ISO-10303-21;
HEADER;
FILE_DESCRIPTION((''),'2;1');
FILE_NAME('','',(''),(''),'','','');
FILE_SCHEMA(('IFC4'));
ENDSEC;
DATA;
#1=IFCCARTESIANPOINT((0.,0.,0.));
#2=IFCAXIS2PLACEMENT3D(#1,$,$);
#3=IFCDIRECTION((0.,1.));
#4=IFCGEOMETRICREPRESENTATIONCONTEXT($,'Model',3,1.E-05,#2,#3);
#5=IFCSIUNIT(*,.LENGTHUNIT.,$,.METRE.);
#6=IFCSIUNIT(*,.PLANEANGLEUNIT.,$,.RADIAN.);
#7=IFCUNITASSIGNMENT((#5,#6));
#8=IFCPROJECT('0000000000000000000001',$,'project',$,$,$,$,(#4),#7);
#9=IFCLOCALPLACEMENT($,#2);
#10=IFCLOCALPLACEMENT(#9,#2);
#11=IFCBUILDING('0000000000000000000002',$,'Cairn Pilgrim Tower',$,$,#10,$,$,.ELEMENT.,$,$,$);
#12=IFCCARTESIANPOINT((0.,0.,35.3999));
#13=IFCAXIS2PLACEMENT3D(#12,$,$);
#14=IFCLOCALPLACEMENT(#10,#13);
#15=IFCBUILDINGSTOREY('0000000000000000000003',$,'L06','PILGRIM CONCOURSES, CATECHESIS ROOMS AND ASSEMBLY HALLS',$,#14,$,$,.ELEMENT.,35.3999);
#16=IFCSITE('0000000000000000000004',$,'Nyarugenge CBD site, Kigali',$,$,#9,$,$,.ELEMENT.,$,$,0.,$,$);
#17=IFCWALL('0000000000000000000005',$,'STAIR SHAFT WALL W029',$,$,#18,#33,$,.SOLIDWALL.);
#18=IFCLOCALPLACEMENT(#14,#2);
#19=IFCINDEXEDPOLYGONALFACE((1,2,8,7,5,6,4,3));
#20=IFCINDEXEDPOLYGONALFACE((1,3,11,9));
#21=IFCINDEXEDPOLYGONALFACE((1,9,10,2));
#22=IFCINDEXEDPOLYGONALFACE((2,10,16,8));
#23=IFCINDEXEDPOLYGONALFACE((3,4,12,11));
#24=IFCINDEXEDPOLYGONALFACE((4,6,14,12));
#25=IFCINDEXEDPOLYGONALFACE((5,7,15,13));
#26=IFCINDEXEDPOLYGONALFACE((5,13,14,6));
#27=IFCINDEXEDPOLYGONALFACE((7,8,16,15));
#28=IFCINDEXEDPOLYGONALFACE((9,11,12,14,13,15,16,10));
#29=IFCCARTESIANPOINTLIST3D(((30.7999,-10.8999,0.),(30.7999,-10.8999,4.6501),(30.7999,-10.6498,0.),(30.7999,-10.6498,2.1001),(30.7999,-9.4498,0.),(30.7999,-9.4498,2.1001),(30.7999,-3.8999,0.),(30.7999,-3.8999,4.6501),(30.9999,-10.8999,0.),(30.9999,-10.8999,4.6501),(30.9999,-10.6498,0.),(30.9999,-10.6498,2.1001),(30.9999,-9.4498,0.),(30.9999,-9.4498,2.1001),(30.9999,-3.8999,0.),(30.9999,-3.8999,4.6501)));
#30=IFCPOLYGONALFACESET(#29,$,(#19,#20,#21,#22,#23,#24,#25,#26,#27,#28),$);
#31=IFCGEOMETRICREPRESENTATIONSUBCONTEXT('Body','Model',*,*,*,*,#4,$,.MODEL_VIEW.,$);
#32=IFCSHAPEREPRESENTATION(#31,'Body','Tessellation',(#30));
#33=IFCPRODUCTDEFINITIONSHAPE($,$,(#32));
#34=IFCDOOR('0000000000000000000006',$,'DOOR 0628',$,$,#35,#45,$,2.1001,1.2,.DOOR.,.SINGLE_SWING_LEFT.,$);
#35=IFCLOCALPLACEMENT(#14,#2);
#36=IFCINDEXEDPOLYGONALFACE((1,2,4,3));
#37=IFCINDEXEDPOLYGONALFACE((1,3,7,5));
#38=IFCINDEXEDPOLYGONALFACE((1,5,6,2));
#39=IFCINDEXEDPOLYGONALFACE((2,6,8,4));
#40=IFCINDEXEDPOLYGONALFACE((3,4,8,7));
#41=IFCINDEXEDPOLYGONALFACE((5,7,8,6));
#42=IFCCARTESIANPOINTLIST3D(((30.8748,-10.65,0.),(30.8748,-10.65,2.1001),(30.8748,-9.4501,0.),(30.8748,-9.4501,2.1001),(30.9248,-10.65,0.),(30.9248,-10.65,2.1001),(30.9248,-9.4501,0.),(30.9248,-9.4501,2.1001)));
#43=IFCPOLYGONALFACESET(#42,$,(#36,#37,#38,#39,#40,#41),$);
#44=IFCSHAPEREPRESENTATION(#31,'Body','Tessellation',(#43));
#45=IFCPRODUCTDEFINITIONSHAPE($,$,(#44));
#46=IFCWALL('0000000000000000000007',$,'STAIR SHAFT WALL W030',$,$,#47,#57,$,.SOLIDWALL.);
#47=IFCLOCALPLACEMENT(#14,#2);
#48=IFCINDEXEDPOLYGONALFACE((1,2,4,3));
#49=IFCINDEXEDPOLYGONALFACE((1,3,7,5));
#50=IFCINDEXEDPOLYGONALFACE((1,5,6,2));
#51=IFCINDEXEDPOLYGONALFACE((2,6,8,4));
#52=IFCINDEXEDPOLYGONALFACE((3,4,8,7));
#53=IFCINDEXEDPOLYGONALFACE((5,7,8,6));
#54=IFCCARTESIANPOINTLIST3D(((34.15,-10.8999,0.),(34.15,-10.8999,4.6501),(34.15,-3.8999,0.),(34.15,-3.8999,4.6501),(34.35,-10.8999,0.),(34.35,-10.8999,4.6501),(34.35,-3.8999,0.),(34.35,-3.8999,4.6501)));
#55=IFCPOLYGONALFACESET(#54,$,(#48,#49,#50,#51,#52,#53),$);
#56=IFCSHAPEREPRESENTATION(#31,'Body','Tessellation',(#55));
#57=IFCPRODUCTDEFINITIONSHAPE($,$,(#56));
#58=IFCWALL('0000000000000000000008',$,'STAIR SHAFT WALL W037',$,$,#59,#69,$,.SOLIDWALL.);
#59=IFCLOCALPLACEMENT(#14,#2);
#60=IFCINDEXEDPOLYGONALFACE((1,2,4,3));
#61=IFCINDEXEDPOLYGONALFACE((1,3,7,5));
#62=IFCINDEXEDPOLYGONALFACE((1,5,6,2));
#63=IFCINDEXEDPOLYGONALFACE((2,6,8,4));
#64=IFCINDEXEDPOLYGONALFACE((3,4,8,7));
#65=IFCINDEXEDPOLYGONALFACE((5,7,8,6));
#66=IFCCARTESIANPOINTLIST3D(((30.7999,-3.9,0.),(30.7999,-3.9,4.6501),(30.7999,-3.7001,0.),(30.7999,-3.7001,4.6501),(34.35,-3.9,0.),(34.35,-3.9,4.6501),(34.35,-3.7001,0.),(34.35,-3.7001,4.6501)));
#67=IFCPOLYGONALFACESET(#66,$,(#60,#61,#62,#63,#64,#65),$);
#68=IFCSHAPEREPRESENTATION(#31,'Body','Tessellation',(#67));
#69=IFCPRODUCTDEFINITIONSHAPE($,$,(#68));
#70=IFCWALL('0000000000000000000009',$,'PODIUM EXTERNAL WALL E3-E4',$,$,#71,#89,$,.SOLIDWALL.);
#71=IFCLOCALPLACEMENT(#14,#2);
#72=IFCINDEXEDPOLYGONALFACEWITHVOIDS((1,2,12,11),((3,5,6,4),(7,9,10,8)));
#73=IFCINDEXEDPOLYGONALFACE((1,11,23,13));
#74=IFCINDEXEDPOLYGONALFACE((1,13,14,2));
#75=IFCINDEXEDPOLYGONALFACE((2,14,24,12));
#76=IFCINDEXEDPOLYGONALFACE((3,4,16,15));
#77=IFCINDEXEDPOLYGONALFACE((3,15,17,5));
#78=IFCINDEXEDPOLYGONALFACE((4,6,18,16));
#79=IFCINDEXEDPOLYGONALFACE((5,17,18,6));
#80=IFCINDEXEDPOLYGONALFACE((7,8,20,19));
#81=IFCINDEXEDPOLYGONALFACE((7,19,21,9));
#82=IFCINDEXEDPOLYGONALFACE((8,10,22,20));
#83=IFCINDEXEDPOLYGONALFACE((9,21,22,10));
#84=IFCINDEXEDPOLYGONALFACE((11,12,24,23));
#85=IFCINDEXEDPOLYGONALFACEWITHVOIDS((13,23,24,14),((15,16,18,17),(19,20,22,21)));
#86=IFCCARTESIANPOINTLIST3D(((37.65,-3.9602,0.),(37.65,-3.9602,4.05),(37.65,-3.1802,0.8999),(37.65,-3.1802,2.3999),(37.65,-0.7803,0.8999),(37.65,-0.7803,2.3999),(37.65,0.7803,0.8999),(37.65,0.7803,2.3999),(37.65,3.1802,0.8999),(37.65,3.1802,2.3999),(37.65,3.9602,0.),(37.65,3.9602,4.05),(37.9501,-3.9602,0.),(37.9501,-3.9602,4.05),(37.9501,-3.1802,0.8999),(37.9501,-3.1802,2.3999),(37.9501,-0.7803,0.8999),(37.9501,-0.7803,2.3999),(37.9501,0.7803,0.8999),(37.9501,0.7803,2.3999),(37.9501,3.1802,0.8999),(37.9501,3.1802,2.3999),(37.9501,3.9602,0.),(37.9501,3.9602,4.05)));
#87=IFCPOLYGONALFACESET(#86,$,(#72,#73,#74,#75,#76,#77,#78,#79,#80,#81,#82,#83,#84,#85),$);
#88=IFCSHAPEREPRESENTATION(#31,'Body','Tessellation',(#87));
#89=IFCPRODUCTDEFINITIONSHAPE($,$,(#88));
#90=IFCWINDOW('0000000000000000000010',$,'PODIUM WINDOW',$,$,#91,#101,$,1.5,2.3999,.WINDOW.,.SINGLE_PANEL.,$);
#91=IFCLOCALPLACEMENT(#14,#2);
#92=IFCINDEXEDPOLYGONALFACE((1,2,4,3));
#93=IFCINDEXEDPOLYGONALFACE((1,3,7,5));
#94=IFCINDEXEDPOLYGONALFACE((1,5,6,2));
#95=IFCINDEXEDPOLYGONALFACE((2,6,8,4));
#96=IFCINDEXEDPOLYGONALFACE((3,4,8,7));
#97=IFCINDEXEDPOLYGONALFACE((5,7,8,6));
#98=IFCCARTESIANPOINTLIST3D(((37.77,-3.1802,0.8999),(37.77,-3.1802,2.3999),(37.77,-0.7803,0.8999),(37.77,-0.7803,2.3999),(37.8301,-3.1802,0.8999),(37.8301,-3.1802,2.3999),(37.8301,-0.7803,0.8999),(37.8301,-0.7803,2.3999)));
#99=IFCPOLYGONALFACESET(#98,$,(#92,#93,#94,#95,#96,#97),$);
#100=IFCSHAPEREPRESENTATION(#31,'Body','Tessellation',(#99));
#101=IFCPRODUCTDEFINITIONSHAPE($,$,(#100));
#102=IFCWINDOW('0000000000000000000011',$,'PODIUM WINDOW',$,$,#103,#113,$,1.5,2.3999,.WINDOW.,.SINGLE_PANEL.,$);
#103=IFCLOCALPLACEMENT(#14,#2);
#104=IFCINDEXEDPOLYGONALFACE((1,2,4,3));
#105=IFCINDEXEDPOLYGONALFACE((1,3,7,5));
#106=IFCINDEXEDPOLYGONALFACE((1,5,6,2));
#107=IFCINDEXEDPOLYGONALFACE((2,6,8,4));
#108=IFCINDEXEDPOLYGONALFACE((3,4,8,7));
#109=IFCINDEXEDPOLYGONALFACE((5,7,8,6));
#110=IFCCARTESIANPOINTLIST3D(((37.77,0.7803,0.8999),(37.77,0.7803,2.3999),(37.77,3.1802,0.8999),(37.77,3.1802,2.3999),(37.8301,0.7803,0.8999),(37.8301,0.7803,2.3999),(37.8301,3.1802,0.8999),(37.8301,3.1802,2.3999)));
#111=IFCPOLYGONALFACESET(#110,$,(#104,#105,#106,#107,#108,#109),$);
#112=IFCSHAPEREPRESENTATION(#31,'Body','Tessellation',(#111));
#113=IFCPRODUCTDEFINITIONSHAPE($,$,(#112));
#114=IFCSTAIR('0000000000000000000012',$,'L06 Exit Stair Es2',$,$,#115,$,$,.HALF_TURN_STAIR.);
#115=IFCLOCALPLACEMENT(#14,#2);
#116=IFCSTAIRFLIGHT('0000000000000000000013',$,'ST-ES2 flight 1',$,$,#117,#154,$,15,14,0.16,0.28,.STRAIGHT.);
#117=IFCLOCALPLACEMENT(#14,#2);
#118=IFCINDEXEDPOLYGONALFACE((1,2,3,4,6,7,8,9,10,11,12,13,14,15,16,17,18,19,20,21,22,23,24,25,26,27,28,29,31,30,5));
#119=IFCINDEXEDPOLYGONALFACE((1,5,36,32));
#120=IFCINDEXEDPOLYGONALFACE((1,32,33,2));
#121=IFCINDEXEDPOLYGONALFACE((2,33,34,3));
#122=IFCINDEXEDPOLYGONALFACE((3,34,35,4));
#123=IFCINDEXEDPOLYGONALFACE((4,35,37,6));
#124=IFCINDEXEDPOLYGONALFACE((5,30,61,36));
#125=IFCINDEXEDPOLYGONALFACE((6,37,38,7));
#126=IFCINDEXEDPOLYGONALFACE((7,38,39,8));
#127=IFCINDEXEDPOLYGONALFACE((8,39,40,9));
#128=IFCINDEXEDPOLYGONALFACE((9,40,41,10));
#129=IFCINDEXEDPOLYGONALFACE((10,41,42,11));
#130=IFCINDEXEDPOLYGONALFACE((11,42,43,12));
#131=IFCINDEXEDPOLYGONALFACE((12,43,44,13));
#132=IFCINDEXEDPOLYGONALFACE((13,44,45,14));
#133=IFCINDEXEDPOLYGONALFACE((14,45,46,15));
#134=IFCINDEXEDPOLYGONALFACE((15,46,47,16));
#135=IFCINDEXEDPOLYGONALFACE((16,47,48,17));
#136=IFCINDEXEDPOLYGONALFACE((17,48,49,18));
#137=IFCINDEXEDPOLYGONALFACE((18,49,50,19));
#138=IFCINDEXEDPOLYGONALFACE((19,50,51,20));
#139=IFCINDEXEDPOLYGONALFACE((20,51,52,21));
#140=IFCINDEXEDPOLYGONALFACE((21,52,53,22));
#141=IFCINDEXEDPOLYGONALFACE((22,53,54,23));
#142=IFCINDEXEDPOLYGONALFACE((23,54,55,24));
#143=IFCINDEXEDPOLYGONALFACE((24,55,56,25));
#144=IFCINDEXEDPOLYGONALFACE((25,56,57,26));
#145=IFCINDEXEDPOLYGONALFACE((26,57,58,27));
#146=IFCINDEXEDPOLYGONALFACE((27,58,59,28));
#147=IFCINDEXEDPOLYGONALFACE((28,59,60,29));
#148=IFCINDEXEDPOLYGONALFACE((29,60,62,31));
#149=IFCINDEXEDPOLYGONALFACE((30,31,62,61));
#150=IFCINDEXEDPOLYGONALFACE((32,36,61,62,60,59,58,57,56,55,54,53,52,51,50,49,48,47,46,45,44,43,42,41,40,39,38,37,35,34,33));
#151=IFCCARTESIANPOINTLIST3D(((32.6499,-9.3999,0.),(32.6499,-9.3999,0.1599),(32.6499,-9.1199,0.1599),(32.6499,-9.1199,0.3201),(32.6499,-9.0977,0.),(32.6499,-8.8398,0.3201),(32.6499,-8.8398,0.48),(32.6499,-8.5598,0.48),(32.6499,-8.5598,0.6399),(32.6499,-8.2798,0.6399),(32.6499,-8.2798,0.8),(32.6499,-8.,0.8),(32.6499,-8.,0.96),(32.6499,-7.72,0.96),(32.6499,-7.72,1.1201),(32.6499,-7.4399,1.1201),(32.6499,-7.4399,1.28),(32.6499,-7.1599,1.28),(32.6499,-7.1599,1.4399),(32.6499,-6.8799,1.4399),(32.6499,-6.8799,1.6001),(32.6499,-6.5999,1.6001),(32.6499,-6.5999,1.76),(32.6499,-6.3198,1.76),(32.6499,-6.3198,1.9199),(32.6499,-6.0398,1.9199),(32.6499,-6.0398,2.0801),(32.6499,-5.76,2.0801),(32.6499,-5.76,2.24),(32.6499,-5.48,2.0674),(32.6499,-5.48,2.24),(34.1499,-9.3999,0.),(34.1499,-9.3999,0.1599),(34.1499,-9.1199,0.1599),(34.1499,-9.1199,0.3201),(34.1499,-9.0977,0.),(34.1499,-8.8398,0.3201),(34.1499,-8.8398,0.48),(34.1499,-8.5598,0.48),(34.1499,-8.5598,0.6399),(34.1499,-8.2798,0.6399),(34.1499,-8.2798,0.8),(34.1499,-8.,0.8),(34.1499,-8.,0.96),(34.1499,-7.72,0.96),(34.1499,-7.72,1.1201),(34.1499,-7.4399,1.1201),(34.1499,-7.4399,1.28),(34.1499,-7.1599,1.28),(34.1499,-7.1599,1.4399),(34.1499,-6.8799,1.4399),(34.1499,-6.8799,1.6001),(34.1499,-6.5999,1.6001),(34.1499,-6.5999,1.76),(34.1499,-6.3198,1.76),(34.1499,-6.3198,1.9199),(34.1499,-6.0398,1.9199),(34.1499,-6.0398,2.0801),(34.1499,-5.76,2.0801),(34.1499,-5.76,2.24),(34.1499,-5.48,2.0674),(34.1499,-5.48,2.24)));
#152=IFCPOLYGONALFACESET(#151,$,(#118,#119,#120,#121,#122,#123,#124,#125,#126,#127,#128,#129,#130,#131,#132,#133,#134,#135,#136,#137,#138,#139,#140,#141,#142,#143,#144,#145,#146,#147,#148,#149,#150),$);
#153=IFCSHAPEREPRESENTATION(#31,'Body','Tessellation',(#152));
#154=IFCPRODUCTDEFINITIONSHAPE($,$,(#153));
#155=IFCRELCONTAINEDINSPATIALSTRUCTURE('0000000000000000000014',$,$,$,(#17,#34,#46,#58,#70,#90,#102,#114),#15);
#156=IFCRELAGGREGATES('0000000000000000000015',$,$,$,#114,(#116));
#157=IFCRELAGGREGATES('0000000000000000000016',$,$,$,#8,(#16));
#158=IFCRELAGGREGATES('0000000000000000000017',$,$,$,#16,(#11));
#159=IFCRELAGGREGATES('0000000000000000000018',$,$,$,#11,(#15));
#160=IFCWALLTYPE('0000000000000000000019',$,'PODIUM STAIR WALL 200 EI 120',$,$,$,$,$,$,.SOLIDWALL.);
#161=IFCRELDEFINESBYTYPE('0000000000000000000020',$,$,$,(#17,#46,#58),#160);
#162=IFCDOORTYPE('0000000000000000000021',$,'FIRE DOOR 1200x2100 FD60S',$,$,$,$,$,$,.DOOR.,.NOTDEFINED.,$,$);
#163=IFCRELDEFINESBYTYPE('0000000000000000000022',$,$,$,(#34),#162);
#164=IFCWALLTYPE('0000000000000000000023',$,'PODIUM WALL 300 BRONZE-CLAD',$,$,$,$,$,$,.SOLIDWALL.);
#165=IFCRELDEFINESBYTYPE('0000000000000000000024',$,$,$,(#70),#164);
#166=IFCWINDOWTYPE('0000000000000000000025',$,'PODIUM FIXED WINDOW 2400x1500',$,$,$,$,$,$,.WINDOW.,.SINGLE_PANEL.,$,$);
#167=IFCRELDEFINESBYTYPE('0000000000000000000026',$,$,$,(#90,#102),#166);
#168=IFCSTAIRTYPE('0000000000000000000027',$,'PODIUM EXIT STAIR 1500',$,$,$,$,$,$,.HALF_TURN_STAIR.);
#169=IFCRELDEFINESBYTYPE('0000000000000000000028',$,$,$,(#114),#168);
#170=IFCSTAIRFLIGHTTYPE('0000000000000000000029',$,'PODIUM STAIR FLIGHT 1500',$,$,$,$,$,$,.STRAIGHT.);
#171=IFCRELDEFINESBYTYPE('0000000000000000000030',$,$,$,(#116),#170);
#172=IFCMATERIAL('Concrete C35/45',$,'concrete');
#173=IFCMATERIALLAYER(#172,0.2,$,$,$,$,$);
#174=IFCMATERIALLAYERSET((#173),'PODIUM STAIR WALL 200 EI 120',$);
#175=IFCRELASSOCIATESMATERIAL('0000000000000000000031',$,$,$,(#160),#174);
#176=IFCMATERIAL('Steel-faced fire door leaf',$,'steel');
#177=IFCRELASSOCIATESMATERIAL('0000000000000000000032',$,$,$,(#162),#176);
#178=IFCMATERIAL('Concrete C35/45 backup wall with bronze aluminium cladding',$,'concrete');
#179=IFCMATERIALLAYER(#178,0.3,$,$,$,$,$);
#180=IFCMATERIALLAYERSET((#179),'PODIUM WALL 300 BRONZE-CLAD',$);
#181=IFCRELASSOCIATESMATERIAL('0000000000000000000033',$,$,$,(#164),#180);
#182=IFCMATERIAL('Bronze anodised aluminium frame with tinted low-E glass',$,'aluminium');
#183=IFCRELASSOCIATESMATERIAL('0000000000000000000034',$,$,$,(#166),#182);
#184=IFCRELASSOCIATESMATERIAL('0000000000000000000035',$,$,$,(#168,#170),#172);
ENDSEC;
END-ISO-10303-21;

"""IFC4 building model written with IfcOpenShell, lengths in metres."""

from ifc_helpers import new_model, si_unit, direction, frame, frame_2d, origin, place, context, subcontext, project, spatial, polyline, rectangle, outline, extrude, material, layer, layer_set, type_object, element, fill, aggregate, save


model = new_model("IFC4")

# Units and contexts
model_context = context("Model", 3, precision=1e-05, world=origin(), true_north=direction((0.0, 1.0)))
body_context = subcontext(model_context, "Body", "Model", "MODEL_VIEW")
ifc_project = project(units=[si_unit("LENGTHUNIT", "METRE"), si_unit("PLANEANGLEUNIT", "RADIAN")], contexts=[model_context])

# Site, building, storey
site_placement = place(None, origin())
site = spatial("IfcSite", under=ifc_project, at=site_placement, Name="Nyarugenge CBD site, Kigali", CompositionType="ELEMENT", RefElevation=0.0)
building_placement = place(site_placement, origin())
building = spatial("IfcBuilding", under=site, at=building_placement, Name="Cairn Pilgrim Tower", CompositionType="ELEMENT")
storey_placement = place(building_placement, frame((0.0, 0.0, 35.3999)))
storey = spatial("IfcBuildingStorey", under=building, at=storey_placement, Name="L06", Description="PILGRIM CONCOURSES, CATECHESIS ROOMS AND ASSEMBLY HALLS", CompositionType="ELEMENT", Elevation=35.3999)

# Shared definitions
ifc_material_1 = material(Name="Concrete C35/45", Category="concrete")
ifc_layer_1 = layer(ifc_material_1, 0.2)
ifc_layer_set_1 = layer_set([ifc_layer_1], Name="PODIUM STAIR WALL 200 EI 120")
wall_type_1 = type_object("IfcWallType", Name="PODIUM STAIR WALL 200 EI 120", PredefinedType="SOLIDWALL", material=ifc_layer_set_1)

# Wall, opening, door
wall_1_placement = place(storey_placement, frame((30.8999, -10.8999, 0.0), z_axis=(0.0, 0.0, 1.0), x_axis=(0.0, 1.0, 0.0)))
wall_1 = element("IfcWall", 1, at=wall_1_placement, inside=storey, type_object=wall_type_1, Name="STAIR SHAFT WALL W029", PredefinedType="SOLIDWALL", context=body_context, shape_type="SweptSolid", body=[
    extrude(rectangle(XDim=7.0, YDim=0.2, at=frame_2d((3.5, 0.0))), origin(), (0.0, 0.0, 1.0), 4.6501),
])
opening_1_placement = place(wall_1_placement, frame((0.25, 0.0, 0.0)))
opening_1 = element("IfcOpeningElement", 2, at=opening_1_placement, cuts=wall_1, PredefinedType="OPENING", context=body_context, shape_type="SweptSolid", body=[
    extrude(rectangle(XDim=1.2, YDim=2.1001, at=frame_2d((0.6001, 1.05))), frame((0.0, 0.1099, 0.0), z_axis=(0.0, -1.0, 0.0), x_axis=(1.0, 0.0, 0.0)), (0.0, 0.0, 1.0), 0.22),
])
ifc_material_2 = material(Name="Steel-faced fire door leaf", Category="steel")
door_type = type_object("IfcDoorType", Name="FIRE DOOR 1200x2100 FD60S", OperationType="NOTDEFINED", PredefinedType="DOOR", material=ifc_material_2)
door_placement = place(opening_1_placement, frame((1.2, 0.0, 0.0), z_axis=(0.0, 0.0, 1.0), x_axis=(-1.0, 0.0, 0.0)))
door = element("IfcDoor", 3, at=door_placement, inside=storey, type_object=door_type, Name="DOOR 0628", OperationType="SINGLE_SWING_LEFT", OverallHeight=2.1001, OverallWidth=1.2, PredefinedType="DOOR", context=body_context, shape_type="SweptSolid", body=[
    extrude(rectangle(XDim=1.2, YDim=2.1001, at=frame_2d((0.6001, 1.05))), frame((0.0, 0.0249, 0.0), z_axis=(0.0, -1.0, 0.0), x_axis=(1.0, 0.0, 0.0)), (0.0, 0.0, 1.0), 0.05),
])
fill(opening_1, door)

# Walls
wall_2_placement = place(storey_placement, frame((34.25, -10.8999, 0.0), z_axis=(0.0, 0.0, 1.0), x_axis=(0.0, 1.0, 0.0)))
element("IfcWall", 4, at=wall_2_placement, inside=storey, type_object=wall_type_1, Name="STAIR SHAFT WALL W030", PredefinedType="SOLIDWALL", context=body_context, shape_type="SweptSolid", body=[
    extrude(rectangle(XDim=7.0, YDim=0.2, at=frame_2d((3.5, 0.0))), origin(), (0.0, 0.0, 1.0), 4.6501),
])
wall_3_placement = place(storey_placement, frame((30.8, -3.8, 0.0), z_axis=(0.0, 0.0, 1.0), x_axis=(1.0, 0.0, 0.0)))
element("IfcWall", 5, at=wall_3_placement, inside=storey, type_object=wall_type_1, Name="STAIR SHAFT WALL W037", PredefinedType="SOLIDWALL", context=body_context, shape_type="SweptSolid", body=[
    extrude(rectangle(XDim=3.55, YDim=0.2, at=frame_2d((1.7749, 0.0))), origin(), (0.0, 0.0, 1.0), 4.6501),
])

# Wall, openings, windows
ifc_material_3 = material(Name="Concrete C35/45 backup wall with bronze aluminium cladding", Category="concrete")
ifc_layer_2 = layer(ifc_material_3, 0.3)
ifc_layer_set_2 = layer_set([ifc_layer_2], Name="PODIUM WALL 300 BRONZE-CLAD")
wall_type_2 = type_object("IfcWallType", Name="PODIUM WALL 300 BRONZE-CLAD", PredefinedType="SOLIDWALL", material=ifc_layer_set_2)
wall_4_placement = place(storey_placement, frame((37.8, -3.9602, 0.0), z_axis=(0.0, 0.0, 1.0), x_axis=(0.0, 1.0, 0.0)))
wall_4 = element("IfcWall", 6, at=wall_4_placement, inside=storey, type_object=wall_type_2, Name="PODIUM EXTERNAL WALL E3-E4", PredefinedType="SOLIDWALL", context=body_context, shape_type="SweptSolid", body=[
    extrude(rectangle(XDim=7.9204, YDim=0.3, at=frame_2d((3.9602, 0.0))), origin(), (0.0, 0.0, 1.0), 4.05),
])
opening_2_placement = place(wall_4_placement, frame((0.78, 0.0, 0.8999)))
opening_2 = element("IfcOpeningElement", 7, at=opening_2_placement, cuts=wall_4, PredefinedType="OPENING", context=body_context, shape_type="SweptSolid", body=[
    extrude(rectangle(XDim=2.3999, YDim=1.5, at=frame_2d((1.2, 0.75))), frame((0.0, 0.1602, 0.0), z_axis=(0.0, -1.0, 0.0), x_axis=(1.0, 0.0, 0.0)), (0.0, 0.0, 1.0), 0.3201),
])
opening_3_placement = place(wall_4_placement, frame((4.7405, 0.0, 0.8999)))
opening_3 = element("IfcOpeningElement", 8, at=opening_3_placement, cuts=wall_4, PredefinedType="OPENING", context=body_context, shape_type="SweptSolid", body=[
    extrude(rectangle(XDim=2.3999, YDim=1.5, at=frame_2d((1.2, 0.75))), frame((0.0, 0.1602, 0.0), z_axis=(0.0, -1.0, 0.0), x_axis=(1.0, 0.0, 0.0)), (0.0, 0.0, 1.0), 0.3201),
])
ifc_material_4 = material(Name="Bronze anodised aluminium frame with tinted low-E glass", Category="aluminium")
window_type = type_object("IfcWindowType", Name="PODIUM FIXED WINDOW 2400x1500", PartitioningType="SINGLE_PANEL", PredefinedType="WINDOW", material=ifc_material_4)
window_1_placement = place(opening_2_placement, origin())
window_1 = element("IfcWindow", 9, at=window_1_placement, inside=storey, type_object=window_type, Name="PODIUM WINDOW", OverallHeight=1.5, OverallWidth=2.3999, PartitioningType="SINGLE_PANEL", PredefinedType="WINDOW", context=body_context, shape_type="SweptSolid", body=[
    extrude(rectangle(XDim=2.3999, YDim=1.5, at=frame_2d((1.2, 0.75))), frame((0.0, 0.03, 0.0), z_axis=(0.0, -1.0, 0.0), x_axis=(1.0, 0.0, 0.0)), (0.0, 0.0, 1.0), 0.0601),
])
fill(opening_2, window_1)
window_2_placement = place(opening_3_placement, origin())
window_2 = element("IfcWindow", 10, at=window_2_placement, inside=storey, type_object=window_type, Name="PODIUM WINDOW", OverallHeight=1.5, OverallWidth=2.3999, PartitioningType="SINGLE_PANEL", PredefinedType="WINDOW", context=body_context, shape_type="SweptSolid", body=[
    extrude(rectangle(XDim=2.3999, YDim=1.5, at=frame_2d((1.2, 0.75))), frame((0.0, 0.03, 0.0), z_axis=(0.0, -1.0, 0.0), x_axis=(1.0, 0.0, 0.0)), (0.0, 0.0, 1.0), 0.0601),
])
fill(opening_3, window_2)

# Stair, stair flight
stair_type = type_object("IfcStairType", Name="PODIUM EXIT STAIR 1500", PredefinedType="HALF_TURN_STAIR", material=ifc_material_1)
stair_placement = place(storey_placement, origin())
stair = element("IfcStair", 11, at=stair_placement, inside=storey, type_object=stair_type, Name="L06 Exit Stair Es2", PredefinedType="HALF_TURN_STAIR")
stair_flight_type = type_object("IfcStairFlightType", Name="PODIUM STAIR FLIGHT 1500", PredefinedType="STRAIGHT", material=ifc_material_1)
stair_flight_1_placement = place(storey_placement, frame((33.3999, -9.3999, 0.0), z_axis=(0.0, 0.0, 1.0), x_axis=(0.0, 1.0, 0.0)))
stair_flight_1 = element("IfcStairFlight", 12, at=stair_flight_1_placement, type_object=stair_flight_type, Name="ST-ES2 flight 1", NumberOfRisers=15, NumberOfTreads=14, PredefinedType="STRAIGHT", RiserHeight=0.16, TreadLength=0.28, context=body_context, shape_type="SweptSolid", body=[
    extrude(outline(polyline([(0.0, 0.0), (0.0, 0.1599), (0.28, 0.1599), (0.28, 0.3201), (0.5601, 0.3201), (0.5601, 0.48), (0.8401, 0.48), (0.8401, 0.6399), (1.1201, 0.6399), (1.1201, 0.8), (1.3999, 0.8), (1.3999, 0.96), (1.6799, 0.96), (1.6799, 1.1201), (1.96, 1.1201), (1.96, 1.28), (2.24, 1.28), (2.24, 1.4399), (2.52, 1.4399), (2.52, 1.6001), (2.8, 1.6001), (2.8, 1.76), (3.0801, 1.76), (3.0801, 1.9199), (3.3601, 1.9199), (3.3601, 2.0801), (3.6399, 2.0801), (3.6399, 2.24), (3.9199, 2.24), (3.9199, 2.3999), (3.9199, 2.0674), (0.3022, 0.0), (0.0, 0.0)])), frame((0.0, 0.75, 0.0), z_axis=(0.0, -1.0, 0.0), x_axis=(1.0, 0.0, 0.0)), (0.0, 0.0, 1.0), 1.5),
])
aggregate(stair, [stair_flight_1])

save(model, "model.ifc")
